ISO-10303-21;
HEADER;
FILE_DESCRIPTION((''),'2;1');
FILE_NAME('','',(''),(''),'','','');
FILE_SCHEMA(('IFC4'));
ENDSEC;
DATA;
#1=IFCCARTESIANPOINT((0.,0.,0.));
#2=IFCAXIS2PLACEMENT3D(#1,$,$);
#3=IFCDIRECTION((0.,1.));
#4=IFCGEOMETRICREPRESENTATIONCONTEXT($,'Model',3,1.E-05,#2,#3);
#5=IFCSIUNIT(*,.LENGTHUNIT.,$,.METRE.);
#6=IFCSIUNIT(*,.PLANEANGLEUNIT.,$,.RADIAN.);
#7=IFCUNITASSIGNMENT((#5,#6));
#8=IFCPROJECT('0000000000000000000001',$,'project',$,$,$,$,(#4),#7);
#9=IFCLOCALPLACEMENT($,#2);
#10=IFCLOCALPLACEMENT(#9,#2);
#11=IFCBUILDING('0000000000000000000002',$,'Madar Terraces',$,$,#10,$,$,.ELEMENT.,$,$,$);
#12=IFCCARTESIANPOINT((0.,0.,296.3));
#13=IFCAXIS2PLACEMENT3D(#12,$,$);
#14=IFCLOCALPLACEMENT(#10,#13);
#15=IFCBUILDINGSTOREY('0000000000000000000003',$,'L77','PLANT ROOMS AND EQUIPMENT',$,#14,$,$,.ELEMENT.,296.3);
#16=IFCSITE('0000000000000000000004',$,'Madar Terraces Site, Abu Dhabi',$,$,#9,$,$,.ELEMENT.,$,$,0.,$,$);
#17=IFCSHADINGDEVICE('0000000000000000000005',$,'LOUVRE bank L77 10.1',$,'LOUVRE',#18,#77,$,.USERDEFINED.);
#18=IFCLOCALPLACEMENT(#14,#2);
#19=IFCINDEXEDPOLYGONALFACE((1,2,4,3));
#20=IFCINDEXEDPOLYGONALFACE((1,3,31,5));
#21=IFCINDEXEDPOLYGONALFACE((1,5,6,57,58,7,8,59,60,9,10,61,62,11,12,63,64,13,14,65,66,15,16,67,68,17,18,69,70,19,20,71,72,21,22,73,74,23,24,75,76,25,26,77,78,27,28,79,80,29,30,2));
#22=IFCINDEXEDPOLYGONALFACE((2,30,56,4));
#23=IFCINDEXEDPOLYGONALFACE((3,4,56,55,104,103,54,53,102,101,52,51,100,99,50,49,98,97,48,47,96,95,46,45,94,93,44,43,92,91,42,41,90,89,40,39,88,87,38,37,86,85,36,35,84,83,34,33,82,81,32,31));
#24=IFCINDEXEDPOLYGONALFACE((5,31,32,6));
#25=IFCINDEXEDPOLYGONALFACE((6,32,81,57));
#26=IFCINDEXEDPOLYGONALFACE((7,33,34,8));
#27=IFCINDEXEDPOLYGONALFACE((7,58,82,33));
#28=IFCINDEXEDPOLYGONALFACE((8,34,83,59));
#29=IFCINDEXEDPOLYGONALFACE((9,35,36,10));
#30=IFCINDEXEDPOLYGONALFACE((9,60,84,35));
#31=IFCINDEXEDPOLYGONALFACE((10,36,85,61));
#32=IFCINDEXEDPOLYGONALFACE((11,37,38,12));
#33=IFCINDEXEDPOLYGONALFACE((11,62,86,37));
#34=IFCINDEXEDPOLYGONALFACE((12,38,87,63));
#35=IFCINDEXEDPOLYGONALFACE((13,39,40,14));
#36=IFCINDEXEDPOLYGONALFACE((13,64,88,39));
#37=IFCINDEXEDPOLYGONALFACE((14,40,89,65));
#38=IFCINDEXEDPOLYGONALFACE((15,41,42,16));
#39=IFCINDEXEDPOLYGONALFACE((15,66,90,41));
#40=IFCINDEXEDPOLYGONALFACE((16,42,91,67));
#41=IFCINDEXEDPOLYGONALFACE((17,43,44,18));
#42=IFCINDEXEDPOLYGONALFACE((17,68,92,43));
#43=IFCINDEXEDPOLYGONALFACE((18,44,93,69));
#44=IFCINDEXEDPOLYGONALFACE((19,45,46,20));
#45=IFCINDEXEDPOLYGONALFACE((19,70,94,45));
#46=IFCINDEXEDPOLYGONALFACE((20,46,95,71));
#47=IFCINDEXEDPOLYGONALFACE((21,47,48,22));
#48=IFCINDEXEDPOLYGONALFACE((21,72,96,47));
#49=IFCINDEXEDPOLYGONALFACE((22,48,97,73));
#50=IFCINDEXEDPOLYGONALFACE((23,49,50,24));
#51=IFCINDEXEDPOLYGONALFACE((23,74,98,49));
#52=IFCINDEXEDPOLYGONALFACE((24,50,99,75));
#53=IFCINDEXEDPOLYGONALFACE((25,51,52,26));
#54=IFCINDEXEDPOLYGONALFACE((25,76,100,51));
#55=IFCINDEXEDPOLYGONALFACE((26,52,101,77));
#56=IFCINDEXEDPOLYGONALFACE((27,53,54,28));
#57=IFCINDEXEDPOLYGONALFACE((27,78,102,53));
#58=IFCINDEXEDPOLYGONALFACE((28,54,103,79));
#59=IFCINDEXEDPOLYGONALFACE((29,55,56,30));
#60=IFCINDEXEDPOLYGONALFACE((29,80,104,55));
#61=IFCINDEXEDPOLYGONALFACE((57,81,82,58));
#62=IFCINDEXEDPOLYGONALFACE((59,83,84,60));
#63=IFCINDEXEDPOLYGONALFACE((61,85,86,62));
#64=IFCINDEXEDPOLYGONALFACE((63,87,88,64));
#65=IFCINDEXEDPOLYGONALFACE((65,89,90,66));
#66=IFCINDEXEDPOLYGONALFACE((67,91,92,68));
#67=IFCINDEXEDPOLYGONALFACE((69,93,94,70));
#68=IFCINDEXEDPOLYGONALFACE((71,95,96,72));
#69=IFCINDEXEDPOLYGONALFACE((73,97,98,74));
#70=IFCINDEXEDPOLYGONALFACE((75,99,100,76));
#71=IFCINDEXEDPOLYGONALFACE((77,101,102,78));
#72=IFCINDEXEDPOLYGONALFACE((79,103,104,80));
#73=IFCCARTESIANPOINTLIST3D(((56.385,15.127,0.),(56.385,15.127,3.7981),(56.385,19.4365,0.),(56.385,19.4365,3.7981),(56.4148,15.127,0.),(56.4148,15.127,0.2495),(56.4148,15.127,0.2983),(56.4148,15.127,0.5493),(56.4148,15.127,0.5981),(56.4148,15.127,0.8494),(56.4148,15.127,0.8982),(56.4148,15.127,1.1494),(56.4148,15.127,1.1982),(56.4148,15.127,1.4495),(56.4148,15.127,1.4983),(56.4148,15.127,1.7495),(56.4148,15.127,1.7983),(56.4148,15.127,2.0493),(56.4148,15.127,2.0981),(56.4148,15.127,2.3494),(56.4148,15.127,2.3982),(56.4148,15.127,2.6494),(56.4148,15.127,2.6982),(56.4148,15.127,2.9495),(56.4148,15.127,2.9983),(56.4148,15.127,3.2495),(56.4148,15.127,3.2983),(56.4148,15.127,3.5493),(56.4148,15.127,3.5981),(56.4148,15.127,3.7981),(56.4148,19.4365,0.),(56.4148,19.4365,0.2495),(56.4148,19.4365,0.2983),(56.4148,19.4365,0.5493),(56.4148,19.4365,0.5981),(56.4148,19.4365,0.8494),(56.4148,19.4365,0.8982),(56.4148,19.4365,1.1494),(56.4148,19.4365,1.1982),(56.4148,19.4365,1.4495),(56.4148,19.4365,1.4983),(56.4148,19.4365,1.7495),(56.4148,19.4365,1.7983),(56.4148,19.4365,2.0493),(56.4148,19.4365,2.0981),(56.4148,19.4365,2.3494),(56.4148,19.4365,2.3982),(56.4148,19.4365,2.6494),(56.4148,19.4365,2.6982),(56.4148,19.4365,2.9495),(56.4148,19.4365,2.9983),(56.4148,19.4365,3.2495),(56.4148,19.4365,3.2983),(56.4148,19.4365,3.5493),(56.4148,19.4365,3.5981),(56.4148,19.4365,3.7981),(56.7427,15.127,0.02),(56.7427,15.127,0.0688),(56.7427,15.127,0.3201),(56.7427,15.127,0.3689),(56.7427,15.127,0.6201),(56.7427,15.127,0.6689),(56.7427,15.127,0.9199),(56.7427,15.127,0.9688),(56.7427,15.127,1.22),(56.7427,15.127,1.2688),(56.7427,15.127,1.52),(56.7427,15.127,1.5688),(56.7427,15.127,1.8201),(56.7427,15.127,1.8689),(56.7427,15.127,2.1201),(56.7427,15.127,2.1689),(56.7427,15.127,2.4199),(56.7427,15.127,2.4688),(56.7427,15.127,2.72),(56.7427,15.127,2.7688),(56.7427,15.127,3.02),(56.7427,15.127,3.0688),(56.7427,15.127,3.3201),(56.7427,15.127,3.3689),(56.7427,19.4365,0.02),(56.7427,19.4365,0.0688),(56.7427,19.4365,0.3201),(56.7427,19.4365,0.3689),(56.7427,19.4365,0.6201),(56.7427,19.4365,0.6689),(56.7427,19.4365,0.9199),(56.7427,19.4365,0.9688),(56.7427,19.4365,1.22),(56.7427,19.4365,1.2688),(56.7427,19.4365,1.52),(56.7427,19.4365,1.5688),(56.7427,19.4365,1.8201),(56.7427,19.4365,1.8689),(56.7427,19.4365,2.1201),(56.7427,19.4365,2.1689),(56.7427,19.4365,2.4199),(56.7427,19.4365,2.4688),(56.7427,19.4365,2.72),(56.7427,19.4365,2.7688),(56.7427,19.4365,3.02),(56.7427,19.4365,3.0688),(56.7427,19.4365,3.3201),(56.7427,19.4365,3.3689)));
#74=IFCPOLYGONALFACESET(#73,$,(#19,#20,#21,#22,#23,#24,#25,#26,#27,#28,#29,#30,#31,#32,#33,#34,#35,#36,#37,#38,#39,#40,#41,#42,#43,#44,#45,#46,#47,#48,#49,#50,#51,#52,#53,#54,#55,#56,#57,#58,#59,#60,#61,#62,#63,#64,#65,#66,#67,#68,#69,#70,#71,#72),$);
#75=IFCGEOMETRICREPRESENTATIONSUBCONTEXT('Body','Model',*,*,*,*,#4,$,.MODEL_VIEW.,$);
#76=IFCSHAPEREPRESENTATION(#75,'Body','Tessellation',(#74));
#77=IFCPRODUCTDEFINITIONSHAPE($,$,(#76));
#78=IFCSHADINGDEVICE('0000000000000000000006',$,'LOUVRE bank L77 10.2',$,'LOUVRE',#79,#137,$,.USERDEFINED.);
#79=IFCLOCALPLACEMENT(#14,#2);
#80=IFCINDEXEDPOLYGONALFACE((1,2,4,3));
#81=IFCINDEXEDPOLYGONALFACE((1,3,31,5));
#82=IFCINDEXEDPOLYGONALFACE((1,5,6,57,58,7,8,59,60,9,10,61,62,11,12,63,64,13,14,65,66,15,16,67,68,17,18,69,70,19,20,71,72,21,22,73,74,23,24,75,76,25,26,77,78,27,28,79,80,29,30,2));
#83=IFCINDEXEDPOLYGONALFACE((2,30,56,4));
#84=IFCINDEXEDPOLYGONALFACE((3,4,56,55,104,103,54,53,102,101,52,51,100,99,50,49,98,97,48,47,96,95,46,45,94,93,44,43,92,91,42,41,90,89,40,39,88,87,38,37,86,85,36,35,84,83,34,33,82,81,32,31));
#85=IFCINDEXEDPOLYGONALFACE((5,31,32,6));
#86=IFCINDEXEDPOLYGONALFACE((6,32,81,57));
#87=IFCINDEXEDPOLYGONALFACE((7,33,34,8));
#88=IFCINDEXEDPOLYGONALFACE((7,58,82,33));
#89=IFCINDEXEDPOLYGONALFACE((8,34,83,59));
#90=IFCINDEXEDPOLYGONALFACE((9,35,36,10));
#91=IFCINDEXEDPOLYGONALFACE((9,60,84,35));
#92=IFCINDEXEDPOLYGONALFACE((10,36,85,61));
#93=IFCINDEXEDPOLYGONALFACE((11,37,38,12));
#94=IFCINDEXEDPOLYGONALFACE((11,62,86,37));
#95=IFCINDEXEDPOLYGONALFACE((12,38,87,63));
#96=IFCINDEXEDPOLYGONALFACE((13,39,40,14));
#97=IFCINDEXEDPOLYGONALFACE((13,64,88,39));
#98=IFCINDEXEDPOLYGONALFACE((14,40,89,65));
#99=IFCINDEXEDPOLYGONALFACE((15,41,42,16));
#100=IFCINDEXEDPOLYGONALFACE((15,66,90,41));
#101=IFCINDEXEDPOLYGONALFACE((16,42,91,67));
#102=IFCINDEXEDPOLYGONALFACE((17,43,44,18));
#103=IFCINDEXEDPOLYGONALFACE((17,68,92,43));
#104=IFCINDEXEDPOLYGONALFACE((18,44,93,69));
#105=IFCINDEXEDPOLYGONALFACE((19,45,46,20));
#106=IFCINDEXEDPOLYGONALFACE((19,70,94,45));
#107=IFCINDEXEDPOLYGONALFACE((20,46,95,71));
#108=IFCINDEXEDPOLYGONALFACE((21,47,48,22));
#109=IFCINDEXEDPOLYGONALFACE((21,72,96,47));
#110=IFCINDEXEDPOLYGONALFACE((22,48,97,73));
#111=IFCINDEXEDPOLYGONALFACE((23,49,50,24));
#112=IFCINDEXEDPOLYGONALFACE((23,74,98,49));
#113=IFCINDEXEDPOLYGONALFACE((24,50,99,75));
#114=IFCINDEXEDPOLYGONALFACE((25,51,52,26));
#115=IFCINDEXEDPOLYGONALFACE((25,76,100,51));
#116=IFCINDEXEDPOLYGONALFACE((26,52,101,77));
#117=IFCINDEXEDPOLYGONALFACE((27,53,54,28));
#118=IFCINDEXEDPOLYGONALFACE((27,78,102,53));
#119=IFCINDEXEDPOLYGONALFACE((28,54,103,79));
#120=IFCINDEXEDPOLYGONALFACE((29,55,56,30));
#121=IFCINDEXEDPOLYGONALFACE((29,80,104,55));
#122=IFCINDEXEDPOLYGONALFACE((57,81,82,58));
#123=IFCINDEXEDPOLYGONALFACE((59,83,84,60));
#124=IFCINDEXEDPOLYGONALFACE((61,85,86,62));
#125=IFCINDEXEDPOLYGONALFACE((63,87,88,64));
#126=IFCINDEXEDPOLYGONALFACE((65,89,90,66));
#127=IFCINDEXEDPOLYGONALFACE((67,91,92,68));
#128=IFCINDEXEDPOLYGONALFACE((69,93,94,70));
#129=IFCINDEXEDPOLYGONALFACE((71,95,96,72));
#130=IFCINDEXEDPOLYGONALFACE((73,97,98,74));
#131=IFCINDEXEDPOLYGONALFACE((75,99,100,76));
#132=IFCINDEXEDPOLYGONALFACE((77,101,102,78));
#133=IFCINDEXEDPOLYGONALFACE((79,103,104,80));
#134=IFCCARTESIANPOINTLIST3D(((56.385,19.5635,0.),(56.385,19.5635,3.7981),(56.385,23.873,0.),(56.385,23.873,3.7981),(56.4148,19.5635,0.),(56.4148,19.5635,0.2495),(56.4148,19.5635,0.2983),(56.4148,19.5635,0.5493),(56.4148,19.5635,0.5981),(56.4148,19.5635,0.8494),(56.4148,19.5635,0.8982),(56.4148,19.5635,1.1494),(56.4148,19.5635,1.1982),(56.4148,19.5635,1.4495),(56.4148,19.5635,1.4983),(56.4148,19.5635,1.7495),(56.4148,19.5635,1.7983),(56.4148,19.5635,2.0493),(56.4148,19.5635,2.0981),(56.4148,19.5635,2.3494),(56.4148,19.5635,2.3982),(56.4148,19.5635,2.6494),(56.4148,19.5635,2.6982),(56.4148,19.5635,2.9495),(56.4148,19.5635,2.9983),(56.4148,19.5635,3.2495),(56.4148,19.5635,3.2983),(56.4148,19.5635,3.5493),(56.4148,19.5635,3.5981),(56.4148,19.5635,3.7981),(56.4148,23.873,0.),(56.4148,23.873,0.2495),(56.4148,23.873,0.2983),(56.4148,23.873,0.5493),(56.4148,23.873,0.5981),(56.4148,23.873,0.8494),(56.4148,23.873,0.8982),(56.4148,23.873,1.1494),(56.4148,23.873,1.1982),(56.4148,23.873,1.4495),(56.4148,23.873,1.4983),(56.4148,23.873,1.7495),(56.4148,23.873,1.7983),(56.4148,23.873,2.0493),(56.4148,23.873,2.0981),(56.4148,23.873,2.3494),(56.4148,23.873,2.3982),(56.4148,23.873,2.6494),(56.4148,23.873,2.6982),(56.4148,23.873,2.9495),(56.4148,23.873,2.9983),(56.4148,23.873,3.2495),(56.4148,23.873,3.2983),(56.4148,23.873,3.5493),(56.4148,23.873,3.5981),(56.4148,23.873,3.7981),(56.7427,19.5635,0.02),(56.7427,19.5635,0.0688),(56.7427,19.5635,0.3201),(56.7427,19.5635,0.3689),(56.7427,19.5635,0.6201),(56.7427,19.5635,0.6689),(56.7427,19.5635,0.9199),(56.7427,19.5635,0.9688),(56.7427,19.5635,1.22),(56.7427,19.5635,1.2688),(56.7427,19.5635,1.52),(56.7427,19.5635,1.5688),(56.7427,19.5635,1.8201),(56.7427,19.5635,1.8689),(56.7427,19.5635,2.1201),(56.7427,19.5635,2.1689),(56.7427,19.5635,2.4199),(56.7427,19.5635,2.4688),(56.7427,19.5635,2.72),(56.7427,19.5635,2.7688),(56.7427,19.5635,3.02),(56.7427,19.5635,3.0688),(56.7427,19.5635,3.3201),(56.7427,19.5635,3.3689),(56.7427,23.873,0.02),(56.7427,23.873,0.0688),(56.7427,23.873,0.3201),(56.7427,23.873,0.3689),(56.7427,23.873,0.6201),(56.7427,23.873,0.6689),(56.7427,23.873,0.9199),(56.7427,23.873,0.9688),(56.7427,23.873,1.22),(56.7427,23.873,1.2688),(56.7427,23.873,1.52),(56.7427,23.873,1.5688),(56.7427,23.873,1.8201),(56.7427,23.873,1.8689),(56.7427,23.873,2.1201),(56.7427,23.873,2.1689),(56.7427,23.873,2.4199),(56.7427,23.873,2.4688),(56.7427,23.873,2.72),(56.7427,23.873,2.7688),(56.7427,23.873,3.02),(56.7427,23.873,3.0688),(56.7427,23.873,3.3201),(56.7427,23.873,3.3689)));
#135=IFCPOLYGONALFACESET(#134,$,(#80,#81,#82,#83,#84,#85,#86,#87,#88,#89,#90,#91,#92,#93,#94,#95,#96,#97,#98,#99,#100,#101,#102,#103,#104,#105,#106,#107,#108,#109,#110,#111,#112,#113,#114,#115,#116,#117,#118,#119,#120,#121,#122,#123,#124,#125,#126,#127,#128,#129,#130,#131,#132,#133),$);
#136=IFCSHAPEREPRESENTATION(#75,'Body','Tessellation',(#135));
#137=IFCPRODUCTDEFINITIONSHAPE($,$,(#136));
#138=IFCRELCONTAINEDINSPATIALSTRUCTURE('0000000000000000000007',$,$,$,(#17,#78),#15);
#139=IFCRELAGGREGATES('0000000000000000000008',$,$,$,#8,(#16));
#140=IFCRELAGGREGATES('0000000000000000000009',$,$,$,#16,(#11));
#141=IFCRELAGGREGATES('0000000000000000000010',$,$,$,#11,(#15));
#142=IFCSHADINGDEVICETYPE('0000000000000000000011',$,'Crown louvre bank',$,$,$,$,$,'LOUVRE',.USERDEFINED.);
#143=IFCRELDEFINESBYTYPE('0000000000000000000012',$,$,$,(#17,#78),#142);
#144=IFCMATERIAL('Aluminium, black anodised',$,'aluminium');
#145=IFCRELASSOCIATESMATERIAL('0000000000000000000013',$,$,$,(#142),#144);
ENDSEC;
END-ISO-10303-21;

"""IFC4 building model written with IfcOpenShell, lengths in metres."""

from ifc_helpers import new_model, si_unit, direction, frame, origin, place, context, subcontext, project, spatial, polyline, outline, extrude, material, type_object, element, save


model = new_model("IFC4")

# Units and contexts
model_context = context("Model", 3, precision=1e-05, world=origin(), true_north=direction((0.0, 1.0)))
body_context = subcontext(model_context, "Body", "Model", "MODEL_VIEW")
ifc_project = project(units=[si_unit("LENGTHUNIT", "METRE"), si_unit("PLANEANGLEUNIT", "RADIAN")], contexts=[model_context])

# Site, building, storey
site_placement = place(None, origin())
site = spatial("IfcSite", under=ifc_project, at=site_placement, Name="Madar Terraces Site, Abu Dhabi", CompositionType="ELEMENT", RefElevation=0.0)
building_placement = place(site_placement, origin())
building = spatial("IfcBuilding", under=site, at=building_placement, Name="Madar Terraces", CompositionType="ELEMENT")
storey_placement = place(building_placement, frame((0.0, 0.0, 296.3)))
storey = spatial("IfcBuildingStorey", under=building, at=storey_placement, Name="L77", Description="PLANT ROOMS AND EQUIPMENT", CompositionType="ELEMENT", Elevation=296.3)

# Shading devices
ifc_material_1 = material(Name="Aluminium, black anodised", Category="aluminium")
shading_device_type = type_object("IfcShadingDeviceType", Name="Crown louvre bank", ElementType="LOUVRE", PredefinedType="USERDEFINED", material=ifc_material_1)
shading_device_1_placement = place(storey_placement, frame((56.3999, 15.127, 0.0), z_axis=(0.0, 1.0, 0.0), x_axis=(-1.0, 0.0, 0.0)))
element("IfcShadingDevice", 1, at=shading_device_1_placement, inside=storey, type_object=shading_device_type, Name="LOUVRE bank L77 10.1", ObjectType="LOUVRE", PredefinedType="USERDEFINED", context=body_context, shape_type="SweptSolid", body=[
    extrude(outline(polyline([(0.0149, 0.0), (-0.0149, 0.0), (-0.0149, 0.2495), (-0.3428, 0.02), (-0.3428, 0.0688), (-0.0149, 0.2983), (-0.0149, 0.5493), (-0.3428, 0.3201), (-0.3428, 0.3689), (-0.0149, 0.5981), (-0.0149, 0.8494), (-0.3428, 0.6201), (-0.3428, 0.6689), (-0.0149, 0.8982), (-0.0149, 1.1494), (-0.3428, 0.9199), (-0.3428, 0.9688), (-0.0149, 1.1982), (-0.0149, 1.4495), (-0.3428, 1.22), (-0.3428, 1.2688), (-0.0149, 1.4983), (-0.0149, 1.7495), (-0.3428, 1.52), (-0.3428, 1.5688), (-0.0149, 1.7983), (-0.0149, 2.0493), (-0.3428, 1.8201), (-0.3428, 1.8689), (-0.0149, 2.0981), (-0.0149, 2.3494), (-0.3428, 2.1201), (-0.3428, 2.1689), (-0.0149, 2.3982), (-0.0149, 2.6494), (-0.3428, 2.4199), (-0.3428, 2.4688), (-0.0149, 2.6982), (-0.0149, 2.9495), (-0.3428, 2.72), (-0.3428, 2.7688), (-0.0149, 2.9983), (-0.0149, 3.2495), (-0.3428, 3.02), (-0.3428, 3.0688), (-0.0149, 3.2983), (-0.0149, 3.5493), (-0.3428, 3.3201), (-0.3428, 3.3689), (-0.0149, 3.5981), (-0.0149, 3.7981), (0.0149, 3.7981), (0.0149, 0.0)])), origin(), (0.0, 0.0, 1.0), 4.3096),
])
shading_device_2_placement = place(storey_placement, frame((56.3999, 19.5635, 0.0), z_axis=(0.0, 1.0, 0.0), x_axis=(-1.0, 0.0, 0.0)))
element("IfcShadingDevice", 2, at=shading_device_2_placement, inside=storey, type_object=shading_device_type, Name="LOUVRE bank L77 10.2", ObjectType="LOUVRE", PredefinedType="USERDEFINED", context=body_context, shape_type="SweptSolid", body=[
    extrude(outline(polyline([(0.0149, 0.0), (-0.0149, 0.0), (-0.0149, 0.2495), (-0.3428, 0.02), (-0.3428, 0.0688), (-0.0149, 0.2983), (-0.0149, 0.5493), (-0.3428, 0.3201), (-0.3428, 0.3689), (-0.0149, 0.5981), (-0.0149, 0.8494), (-0.3428, 0.6201), (-0.3428, 0.6689), (-0.0149, 0.8982), (-0.0149, 1.1494), (-0.3428, 0.9199), (-0.3428, 0.9688), (-0.0149, 1.1982), (-0.0149, 1.4495), (-0.3428, 1.22), (-0.3428, 1.2688), (-0.0149, 1.4983), (-0.0149, 1.7495), (-0.3428, 1.52), (-0.3428, 1.5688), (-0.0149, 1.7983), (-0.0149, 2.0493), (-0.3428, 1.8201), (-0.3428, 1.8689), (-0.0149, 2.0981), (-0.0149, 2.3494), (-0.3428, 2.1201), (-0.3428, 2.1689), (-0.0149, 2.3982), (-0.0149, 2.6494), (-0.3428, 2.4199), (-0.3428, 2.4688), (-0.0149, 2.6982), (-0.0149, 2.9495), (-0.3428, 2.72), (-0.3428, 2.7688), (-0.0149, 2.9983), (-0.0149, 3.2495), (-0.3428, 3.02), (-0.3428, 3.0688), (-0.0149, 3.2983), (-0.0149, 3.5493), (-0.3428, 3.3201), (-0.3428, 3.3689), (-0.0149, 3.5981), (-0.0149, 3.7981), (0.0149, 3.7981), (0.0149, 0.0)])), origin(), (0.0, 0.0, 1.0), 4.3096),
])

save(model, "model.ifc")
